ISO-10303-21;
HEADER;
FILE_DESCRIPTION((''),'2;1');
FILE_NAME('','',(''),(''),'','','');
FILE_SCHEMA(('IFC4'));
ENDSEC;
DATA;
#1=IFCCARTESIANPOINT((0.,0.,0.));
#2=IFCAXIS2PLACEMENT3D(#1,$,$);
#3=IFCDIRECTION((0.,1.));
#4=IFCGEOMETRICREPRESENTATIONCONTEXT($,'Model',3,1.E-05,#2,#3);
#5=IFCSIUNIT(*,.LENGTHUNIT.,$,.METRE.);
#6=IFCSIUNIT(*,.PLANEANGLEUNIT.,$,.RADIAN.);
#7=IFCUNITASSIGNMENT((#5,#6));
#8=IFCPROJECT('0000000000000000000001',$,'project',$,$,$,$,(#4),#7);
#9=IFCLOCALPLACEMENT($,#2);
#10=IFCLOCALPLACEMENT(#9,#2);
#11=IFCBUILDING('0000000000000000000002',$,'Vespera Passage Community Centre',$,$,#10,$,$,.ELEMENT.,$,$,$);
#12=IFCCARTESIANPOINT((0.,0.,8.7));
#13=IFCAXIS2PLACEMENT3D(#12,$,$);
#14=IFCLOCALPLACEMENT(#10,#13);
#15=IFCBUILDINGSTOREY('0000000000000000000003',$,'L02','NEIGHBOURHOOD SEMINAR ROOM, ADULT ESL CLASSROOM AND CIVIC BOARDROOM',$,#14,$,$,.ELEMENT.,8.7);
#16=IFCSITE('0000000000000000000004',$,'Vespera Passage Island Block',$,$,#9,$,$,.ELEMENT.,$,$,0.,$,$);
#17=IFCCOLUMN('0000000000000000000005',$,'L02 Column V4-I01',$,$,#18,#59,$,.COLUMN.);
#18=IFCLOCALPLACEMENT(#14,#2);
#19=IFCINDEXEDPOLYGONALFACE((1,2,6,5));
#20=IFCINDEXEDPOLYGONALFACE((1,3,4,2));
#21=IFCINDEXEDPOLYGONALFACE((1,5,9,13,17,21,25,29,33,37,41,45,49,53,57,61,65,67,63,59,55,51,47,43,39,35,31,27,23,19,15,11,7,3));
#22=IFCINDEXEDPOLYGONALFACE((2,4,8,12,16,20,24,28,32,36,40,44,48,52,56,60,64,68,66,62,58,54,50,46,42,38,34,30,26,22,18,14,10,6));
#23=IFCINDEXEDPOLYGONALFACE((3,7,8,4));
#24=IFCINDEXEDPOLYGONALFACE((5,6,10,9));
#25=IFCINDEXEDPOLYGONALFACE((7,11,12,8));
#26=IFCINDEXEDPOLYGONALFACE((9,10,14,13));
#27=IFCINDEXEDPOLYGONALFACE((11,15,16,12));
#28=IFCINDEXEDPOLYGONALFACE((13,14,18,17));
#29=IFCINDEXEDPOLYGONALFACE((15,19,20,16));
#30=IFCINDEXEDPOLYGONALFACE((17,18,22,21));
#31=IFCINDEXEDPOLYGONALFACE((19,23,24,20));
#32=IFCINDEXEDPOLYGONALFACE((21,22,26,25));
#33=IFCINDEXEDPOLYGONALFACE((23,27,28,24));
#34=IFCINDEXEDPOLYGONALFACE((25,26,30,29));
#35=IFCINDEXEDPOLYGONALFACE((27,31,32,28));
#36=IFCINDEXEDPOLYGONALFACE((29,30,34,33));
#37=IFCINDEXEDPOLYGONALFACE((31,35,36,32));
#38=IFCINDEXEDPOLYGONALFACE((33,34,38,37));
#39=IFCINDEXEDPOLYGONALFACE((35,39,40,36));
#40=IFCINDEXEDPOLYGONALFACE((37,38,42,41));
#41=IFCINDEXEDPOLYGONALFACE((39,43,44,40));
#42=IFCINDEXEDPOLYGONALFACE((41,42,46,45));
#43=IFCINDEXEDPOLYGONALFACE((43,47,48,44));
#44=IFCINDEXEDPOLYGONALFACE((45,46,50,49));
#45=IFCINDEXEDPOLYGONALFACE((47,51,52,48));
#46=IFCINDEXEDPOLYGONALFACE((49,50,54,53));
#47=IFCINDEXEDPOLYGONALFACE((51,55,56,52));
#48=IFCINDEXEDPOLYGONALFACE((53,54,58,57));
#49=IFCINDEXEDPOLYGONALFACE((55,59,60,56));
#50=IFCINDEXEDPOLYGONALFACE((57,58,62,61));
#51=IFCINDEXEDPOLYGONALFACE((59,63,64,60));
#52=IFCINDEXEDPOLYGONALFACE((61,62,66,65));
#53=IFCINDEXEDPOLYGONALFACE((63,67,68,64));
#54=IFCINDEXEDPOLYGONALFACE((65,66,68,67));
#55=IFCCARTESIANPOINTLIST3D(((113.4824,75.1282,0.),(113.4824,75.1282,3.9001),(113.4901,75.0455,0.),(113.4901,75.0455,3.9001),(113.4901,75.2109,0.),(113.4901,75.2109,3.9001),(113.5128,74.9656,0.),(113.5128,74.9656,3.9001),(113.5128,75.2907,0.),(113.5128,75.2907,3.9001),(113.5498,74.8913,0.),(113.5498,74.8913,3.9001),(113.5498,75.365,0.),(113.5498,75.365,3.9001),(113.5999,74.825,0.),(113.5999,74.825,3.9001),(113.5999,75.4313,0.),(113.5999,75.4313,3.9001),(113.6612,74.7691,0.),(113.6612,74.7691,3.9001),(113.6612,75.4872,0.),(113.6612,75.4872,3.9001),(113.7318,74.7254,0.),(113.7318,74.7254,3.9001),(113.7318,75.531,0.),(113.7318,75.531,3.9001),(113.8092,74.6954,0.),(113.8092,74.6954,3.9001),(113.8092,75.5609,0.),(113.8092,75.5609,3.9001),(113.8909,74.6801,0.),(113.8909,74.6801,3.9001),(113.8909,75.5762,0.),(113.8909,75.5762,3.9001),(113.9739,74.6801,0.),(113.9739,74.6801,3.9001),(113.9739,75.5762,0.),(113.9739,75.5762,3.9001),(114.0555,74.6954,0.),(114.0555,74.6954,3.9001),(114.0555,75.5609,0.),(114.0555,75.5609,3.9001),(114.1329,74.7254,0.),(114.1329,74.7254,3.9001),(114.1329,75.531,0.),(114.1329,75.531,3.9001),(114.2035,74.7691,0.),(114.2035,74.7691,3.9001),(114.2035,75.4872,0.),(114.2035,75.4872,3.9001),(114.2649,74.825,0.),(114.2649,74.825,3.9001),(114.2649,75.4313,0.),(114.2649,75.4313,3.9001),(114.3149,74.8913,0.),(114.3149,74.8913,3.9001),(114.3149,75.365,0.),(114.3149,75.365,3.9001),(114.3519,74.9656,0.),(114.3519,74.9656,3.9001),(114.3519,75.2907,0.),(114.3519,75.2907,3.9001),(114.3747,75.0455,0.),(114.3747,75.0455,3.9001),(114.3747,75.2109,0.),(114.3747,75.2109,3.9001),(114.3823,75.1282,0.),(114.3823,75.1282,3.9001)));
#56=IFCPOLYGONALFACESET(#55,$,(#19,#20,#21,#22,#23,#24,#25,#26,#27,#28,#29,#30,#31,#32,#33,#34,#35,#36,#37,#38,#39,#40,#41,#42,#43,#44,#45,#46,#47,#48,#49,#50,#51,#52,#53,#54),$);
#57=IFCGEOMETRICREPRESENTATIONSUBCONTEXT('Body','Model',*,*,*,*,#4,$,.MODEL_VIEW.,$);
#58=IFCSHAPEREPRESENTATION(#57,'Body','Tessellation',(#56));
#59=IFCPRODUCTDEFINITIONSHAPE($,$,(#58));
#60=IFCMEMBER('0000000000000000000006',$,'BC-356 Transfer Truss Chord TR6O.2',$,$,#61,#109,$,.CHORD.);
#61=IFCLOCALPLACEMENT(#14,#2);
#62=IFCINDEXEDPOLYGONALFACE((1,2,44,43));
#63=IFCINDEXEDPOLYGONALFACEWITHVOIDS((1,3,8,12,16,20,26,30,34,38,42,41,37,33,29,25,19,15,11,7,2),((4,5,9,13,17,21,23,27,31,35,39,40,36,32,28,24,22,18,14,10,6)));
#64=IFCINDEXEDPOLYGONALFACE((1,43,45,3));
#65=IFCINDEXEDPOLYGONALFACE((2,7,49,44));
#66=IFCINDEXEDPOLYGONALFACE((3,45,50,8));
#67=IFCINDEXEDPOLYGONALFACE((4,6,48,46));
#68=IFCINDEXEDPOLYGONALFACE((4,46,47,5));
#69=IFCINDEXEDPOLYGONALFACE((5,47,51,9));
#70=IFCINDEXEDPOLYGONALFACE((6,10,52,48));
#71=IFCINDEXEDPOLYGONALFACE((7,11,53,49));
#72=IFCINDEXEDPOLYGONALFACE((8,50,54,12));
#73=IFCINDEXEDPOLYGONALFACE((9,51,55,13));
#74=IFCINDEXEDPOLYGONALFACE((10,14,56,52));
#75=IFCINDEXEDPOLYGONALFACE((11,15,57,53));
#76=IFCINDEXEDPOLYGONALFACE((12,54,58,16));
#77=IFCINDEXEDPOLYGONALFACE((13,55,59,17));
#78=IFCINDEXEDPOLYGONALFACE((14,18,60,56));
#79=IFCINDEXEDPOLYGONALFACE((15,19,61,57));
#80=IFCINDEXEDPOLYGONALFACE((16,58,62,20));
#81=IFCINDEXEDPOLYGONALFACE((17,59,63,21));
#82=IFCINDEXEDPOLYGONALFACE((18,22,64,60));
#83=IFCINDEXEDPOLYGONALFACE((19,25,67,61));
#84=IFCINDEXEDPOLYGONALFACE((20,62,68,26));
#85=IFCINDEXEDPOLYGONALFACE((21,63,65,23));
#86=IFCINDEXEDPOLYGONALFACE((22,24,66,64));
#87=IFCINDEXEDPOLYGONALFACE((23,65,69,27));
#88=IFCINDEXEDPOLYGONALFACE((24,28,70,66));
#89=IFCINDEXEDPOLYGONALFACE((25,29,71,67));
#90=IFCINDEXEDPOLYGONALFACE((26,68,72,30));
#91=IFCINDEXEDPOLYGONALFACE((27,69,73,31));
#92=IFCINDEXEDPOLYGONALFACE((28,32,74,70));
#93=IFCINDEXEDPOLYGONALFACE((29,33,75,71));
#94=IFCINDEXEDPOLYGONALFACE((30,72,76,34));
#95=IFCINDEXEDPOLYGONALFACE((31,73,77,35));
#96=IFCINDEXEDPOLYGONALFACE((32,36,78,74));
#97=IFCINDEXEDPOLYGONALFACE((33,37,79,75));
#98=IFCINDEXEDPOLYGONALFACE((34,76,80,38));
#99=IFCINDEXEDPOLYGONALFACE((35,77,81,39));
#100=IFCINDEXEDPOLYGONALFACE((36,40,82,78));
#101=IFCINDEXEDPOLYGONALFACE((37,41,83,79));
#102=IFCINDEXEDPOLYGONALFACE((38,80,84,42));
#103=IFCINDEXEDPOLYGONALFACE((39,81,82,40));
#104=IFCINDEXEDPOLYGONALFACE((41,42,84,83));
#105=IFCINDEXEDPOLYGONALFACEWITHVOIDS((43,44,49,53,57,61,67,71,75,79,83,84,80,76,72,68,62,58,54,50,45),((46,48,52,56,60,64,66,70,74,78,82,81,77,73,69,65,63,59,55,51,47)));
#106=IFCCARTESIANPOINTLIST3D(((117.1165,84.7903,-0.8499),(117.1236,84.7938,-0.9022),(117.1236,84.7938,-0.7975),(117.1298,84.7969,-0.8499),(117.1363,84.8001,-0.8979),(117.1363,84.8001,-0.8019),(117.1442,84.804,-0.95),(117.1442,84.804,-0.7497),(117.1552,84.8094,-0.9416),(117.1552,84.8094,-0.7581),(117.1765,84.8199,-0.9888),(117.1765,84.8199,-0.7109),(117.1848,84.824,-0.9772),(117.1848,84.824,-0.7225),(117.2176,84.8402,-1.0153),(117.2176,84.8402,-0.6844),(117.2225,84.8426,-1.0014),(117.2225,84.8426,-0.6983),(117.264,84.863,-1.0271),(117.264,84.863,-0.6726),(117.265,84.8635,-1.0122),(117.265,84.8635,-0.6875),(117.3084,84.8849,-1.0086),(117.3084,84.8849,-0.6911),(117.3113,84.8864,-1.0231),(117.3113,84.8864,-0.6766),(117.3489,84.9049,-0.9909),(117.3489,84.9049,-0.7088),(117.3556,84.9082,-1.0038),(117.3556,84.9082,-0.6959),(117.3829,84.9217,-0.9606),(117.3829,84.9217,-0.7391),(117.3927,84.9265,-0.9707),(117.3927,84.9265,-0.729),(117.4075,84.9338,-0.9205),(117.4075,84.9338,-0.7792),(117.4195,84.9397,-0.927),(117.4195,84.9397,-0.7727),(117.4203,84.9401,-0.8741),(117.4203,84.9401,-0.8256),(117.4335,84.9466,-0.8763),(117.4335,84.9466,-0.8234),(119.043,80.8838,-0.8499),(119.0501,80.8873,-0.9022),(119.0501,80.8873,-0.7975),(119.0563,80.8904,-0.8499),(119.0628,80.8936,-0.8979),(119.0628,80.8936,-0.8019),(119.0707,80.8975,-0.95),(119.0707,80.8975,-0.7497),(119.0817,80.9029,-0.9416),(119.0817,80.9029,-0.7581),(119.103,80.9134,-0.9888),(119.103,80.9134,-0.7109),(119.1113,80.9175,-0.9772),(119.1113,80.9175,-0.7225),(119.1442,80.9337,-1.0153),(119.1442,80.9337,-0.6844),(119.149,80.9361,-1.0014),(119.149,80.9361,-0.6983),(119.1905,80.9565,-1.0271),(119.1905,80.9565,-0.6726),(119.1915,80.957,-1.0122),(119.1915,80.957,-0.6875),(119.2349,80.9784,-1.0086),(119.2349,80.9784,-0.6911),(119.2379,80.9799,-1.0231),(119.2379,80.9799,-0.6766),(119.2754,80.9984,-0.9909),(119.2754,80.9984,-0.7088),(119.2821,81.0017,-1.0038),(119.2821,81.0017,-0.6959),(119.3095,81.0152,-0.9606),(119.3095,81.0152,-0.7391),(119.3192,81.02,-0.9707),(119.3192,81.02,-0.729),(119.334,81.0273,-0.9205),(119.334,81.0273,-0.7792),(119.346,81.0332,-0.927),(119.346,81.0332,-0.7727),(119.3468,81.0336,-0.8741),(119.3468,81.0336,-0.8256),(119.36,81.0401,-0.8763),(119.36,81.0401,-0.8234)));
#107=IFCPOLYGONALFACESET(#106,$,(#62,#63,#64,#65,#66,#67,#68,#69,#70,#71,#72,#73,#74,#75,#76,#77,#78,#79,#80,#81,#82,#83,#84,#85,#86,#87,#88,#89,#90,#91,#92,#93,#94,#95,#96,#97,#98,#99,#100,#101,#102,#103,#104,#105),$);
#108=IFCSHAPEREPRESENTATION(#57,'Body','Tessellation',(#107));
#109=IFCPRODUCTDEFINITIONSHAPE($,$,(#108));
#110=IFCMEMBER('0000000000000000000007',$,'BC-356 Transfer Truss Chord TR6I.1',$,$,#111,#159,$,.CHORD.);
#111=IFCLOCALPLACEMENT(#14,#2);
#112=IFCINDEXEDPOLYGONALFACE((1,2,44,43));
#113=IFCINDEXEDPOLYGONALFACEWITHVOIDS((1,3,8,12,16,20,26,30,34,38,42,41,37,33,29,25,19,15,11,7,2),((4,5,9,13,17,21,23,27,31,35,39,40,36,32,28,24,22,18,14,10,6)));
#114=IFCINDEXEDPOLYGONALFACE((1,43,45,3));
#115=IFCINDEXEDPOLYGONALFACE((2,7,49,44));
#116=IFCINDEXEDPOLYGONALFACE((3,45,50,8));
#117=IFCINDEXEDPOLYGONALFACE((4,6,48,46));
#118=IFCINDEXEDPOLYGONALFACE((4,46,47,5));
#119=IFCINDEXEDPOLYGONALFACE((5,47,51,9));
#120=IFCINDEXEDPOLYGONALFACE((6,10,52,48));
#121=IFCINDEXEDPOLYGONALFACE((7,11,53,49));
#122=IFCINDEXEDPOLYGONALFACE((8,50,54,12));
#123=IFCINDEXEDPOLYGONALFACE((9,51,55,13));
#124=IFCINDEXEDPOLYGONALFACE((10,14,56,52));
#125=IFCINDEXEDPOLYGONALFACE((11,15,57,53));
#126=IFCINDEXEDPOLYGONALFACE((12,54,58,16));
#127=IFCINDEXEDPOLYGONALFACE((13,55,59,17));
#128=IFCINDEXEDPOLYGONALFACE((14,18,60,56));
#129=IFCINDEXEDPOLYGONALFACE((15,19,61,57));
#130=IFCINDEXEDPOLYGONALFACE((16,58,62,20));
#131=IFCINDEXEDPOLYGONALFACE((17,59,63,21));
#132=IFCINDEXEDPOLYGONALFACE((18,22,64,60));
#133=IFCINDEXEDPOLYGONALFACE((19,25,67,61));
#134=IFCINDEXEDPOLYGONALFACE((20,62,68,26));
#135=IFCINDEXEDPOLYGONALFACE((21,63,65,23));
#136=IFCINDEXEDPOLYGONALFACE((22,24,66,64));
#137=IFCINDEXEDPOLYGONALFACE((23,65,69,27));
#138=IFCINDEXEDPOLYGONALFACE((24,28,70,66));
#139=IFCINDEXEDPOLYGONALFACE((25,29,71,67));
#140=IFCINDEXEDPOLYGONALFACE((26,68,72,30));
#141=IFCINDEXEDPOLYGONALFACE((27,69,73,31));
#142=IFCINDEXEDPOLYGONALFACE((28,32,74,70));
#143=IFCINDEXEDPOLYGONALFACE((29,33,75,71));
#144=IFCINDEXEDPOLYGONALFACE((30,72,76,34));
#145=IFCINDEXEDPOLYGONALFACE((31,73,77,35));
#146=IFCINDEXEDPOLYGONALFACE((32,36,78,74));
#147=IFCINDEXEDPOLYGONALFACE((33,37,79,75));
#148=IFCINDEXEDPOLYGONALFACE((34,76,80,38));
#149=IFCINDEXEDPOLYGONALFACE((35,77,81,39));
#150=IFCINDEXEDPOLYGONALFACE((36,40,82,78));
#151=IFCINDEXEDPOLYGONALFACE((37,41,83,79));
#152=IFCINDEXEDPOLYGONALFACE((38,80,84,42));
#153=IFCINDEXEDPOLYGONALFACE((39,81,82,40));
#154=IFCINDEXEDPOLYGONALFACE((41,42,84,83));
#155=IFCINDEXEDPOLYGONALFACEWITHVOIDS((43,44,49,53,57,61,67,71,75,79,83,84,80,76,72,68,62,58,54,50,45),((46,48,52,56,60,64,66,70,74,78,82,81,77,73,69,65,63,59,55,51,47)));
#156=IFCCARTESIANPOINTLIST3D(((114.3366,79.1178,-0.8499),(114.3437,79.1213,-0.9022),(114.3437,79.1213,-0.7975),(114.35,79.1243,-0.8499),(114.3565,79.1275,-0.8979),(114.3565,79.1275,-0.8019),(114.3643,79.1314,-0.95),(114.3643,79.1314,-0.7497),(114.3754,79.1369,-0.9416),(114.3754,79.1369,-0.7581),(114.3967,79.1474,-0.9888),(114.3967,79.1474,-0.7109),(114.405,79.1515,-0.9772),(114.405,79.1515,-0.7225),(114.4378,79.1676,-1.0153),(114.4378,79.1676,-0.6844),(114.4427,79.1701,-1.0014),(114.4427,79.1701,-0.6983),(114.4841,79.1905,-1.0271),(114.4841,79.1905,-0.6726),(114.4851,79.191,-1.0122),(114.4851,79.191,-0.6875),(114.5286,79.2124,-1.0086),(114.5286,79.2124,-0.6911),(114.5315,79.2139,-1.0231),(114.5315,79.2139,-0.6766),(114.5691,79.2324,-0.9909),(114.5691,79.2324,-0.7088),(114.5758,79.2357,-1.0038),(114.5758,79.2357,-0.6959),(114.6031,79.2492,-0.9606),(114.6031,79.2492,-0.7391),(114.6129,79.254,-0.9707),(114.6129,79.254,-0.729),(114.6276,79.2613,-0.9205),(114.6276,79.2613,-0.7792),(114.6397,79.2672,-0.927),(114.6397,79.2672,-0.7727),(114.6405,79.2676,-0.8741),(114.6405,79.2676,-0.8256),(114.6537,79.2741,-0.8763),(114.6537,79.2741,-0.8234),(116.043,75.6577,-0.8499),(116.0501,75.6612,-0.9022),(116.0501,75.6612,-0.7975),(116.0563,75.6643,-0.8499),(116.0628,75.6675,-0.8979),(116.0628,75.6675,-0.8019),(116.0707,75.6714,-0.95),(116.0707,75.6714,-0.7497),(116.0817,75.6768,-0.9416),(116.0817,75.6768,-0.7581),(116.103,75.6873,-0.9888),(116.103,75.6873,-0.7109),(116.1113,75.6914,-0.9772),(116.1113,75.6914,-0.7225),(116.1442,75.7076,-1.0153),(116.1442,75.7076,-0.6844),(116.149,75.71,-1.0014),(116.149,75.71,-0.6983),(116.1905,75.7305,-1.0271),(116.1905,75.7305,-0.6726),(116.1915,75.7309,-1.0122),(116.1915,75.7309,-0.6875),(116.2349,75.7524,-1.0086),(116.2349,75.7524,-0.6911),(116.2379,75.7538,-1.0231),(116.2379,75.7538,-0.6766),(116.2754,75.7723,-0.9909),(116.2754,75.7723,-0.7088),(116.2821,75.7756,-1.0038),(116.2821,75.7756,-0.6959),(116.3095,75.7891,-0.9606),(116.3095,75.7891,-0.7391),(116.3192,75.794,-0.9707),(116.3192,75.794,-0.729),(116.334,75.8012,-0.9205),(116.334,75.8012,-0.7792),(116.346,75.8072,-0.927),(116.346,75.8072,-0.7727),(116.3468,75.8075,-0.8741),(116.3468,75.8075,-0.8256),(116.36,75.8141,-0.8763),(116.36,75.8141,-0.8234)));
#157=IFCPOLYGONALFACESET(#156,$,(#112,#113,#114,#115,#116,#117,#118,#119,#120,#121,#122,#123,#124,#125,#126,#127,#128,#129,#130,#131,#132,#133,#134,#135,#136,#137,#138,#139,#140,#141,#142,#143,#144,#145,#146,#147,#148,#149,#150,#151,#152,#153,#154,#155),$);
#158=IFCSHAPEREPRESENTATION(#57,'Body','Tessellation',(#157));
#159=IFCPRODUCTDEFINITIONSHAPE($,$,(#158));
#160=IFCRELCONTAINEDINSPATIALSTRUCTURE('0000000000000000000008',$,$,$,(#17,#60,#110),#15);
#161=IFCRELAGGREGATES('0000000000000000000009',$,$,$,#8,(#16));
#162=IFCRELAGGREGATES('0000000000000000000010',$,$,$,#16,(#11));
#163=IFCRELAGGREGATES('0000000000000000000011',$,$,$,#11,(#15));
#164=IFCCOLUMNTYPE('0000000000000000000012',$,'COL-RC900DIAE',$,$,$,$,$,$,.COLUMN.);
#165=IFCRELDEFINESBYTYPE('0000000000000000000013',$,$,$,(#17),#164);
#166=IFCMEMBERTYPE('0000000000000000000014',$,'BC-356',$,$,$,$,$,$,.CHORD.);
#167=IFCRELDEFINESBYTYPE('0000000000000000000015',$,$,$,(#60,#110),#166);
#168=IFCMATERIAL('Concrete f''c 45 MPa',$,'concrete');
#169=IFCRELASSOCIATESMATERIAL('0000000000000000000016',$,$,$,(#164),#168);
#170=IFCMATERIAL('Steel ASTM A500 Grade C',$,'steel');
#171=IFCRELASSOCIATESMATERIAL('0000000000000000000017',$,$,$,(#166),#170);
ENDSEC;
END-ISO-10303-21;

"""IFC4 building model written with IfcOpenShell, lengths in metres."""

from ifc_helpers import new_model, si_unit, direction, frame, origin, origin_2d, place, context, subcontext, project, spatial, circle, hollow_circle, extrude, material, material_profile, profile_set, type_object, element, save


model = new_model("IFC4")

# Units and contexts
model_context = context("Model", 3, precision=1e-05, world=origin(), true_north=direction((0.0, 1.0)))
body_context = subcontext(model_context, "Body", "Model", "MODEL_VIEW")
ifc_project = project(units=[si_unit("LENGTHUNIT", "METRE"), si_unit("PLANEANGLEUNIT", "RADIAN")], contexts=[model_context])

# Site, building, storey
site_placement = place(None, origin())
site = spatial("IfcSite", under=ifc_project, at=site_placement, Name="Vespera Passage Island Block", CompositionType="ELEMENT", RefElevation=0.0)
building_placement = place(site_placement, origin())
building = spatial("IfcBuilding", under=site, at=building_placement, Name="Vespera Passage Community Centre", CompositionType="ELEMENT")
storey_placement = place(building_placement, frame((0.0, 0.0, 8.7)))
storey = spatial("IfcBuildingStorey", under=building, at=storey_placement, Name="L02", Description="NEIGHBOURHOOD SEMINAR ROOM, ADULT ESL CLASSROOM AND CIVIC BOARDROOM", CompositionType="ELEMENT", Elevation=8.7)

# Column
ifc_material_1 = material(Name="Concrete f'c 45 MPa", Category="concrete")
ifc_material_profile_1 = material_profile(ifc_material_1, circle(Radius=0.45, at=origin_2d()), Name="RC900DIA")
ifc_profile_set_1 = profile_set([ifc_material_profile_1], Name="Concrete f'c 45 MPa")
column_type = type_object("IfcColumnType", Name="COL-RC900DIAE", PredefinedType="COLUMN", material=ifc_profile_set_1)
column_placement = place(storey_placement, frame((113.9324, 75.1282, 0.0), z_axis=(0.0, 0.0, 1.0), x_axis=(1.0, 0.0, 0.0)))
element("IfcColumn", 1, at=column_placement, inside=storey, type_object=column_type, Name="L02 Column V4-I01", PredefinedType="COLUMN", context=body_context, shape_type="SweptSolid", body=[
    extrude(circle(Radius=0.45, at=origin_2d()), origin(), (0.0, 0.0, 1.0), 3.9001),
])

# Members
ifc_material_2 = material(Name="Steel ASTM A500 Grade C", Category="steel")
ifc_material_profile_2 = material_profile(ifc_material_2, hollow_circle(Radius=0.1777, WallThickness=0.0149, at=origin_2d()), Name="CHS356X15.9")
ifc_profile_set_2 = profile_set([ifc_material_profile_2], Name="Steel ASTM A500 Grade C")
member_type_1 = type_object("IfcMemberType", Name="BC-356", PredefinedType="CHORD", material=ifc_profile_set_2)
member_1_placement = place(storey_placement, frame((119.2024, 80.9624, -0.8499), z_axis=(-0.442297, 0.896869, 0.0), x_axis=(-0.896869, -0.442297, 0.0)))
element("IfcMember", 2, at=member_1_placement, inside=storey, type_object=member_type_1, Name="BC-356 Transfer Truss Chord TR6O.2", PredefinedType="CHORD", context=body_context, shape_type="SweptSolid", body=[
    extrude(hollow_circle(Radius=0.1777, WallThickness=0.0149, at=origin_2d()), origin(), (0.0, 0.0, 1.0), 4.3557),
])
member_2_placement = place(storey_placement, frame((116.2024, 75.7363, -0.8499), z_axis=(-0.442296, 0.896869, 0.0), x_axis=(-0.896869, -0.442296, 0.0)))
element("IfcMember", 3, at=member_2_placement, inside=storey, type_object=member_type_1, Name="BC-356 Transfer Truss Chord TR6I.1", PredefinedType="CHORD", context=body_context, shape_type="SweptSolid", body=[
    extrude(hollow_circle(Radius=0.1777, WallThickness=0.0149, at=origin_2d()), origin(), (0.0, 0.0, 1.0), 3.8579),
])

save(model, "model.ifc")
